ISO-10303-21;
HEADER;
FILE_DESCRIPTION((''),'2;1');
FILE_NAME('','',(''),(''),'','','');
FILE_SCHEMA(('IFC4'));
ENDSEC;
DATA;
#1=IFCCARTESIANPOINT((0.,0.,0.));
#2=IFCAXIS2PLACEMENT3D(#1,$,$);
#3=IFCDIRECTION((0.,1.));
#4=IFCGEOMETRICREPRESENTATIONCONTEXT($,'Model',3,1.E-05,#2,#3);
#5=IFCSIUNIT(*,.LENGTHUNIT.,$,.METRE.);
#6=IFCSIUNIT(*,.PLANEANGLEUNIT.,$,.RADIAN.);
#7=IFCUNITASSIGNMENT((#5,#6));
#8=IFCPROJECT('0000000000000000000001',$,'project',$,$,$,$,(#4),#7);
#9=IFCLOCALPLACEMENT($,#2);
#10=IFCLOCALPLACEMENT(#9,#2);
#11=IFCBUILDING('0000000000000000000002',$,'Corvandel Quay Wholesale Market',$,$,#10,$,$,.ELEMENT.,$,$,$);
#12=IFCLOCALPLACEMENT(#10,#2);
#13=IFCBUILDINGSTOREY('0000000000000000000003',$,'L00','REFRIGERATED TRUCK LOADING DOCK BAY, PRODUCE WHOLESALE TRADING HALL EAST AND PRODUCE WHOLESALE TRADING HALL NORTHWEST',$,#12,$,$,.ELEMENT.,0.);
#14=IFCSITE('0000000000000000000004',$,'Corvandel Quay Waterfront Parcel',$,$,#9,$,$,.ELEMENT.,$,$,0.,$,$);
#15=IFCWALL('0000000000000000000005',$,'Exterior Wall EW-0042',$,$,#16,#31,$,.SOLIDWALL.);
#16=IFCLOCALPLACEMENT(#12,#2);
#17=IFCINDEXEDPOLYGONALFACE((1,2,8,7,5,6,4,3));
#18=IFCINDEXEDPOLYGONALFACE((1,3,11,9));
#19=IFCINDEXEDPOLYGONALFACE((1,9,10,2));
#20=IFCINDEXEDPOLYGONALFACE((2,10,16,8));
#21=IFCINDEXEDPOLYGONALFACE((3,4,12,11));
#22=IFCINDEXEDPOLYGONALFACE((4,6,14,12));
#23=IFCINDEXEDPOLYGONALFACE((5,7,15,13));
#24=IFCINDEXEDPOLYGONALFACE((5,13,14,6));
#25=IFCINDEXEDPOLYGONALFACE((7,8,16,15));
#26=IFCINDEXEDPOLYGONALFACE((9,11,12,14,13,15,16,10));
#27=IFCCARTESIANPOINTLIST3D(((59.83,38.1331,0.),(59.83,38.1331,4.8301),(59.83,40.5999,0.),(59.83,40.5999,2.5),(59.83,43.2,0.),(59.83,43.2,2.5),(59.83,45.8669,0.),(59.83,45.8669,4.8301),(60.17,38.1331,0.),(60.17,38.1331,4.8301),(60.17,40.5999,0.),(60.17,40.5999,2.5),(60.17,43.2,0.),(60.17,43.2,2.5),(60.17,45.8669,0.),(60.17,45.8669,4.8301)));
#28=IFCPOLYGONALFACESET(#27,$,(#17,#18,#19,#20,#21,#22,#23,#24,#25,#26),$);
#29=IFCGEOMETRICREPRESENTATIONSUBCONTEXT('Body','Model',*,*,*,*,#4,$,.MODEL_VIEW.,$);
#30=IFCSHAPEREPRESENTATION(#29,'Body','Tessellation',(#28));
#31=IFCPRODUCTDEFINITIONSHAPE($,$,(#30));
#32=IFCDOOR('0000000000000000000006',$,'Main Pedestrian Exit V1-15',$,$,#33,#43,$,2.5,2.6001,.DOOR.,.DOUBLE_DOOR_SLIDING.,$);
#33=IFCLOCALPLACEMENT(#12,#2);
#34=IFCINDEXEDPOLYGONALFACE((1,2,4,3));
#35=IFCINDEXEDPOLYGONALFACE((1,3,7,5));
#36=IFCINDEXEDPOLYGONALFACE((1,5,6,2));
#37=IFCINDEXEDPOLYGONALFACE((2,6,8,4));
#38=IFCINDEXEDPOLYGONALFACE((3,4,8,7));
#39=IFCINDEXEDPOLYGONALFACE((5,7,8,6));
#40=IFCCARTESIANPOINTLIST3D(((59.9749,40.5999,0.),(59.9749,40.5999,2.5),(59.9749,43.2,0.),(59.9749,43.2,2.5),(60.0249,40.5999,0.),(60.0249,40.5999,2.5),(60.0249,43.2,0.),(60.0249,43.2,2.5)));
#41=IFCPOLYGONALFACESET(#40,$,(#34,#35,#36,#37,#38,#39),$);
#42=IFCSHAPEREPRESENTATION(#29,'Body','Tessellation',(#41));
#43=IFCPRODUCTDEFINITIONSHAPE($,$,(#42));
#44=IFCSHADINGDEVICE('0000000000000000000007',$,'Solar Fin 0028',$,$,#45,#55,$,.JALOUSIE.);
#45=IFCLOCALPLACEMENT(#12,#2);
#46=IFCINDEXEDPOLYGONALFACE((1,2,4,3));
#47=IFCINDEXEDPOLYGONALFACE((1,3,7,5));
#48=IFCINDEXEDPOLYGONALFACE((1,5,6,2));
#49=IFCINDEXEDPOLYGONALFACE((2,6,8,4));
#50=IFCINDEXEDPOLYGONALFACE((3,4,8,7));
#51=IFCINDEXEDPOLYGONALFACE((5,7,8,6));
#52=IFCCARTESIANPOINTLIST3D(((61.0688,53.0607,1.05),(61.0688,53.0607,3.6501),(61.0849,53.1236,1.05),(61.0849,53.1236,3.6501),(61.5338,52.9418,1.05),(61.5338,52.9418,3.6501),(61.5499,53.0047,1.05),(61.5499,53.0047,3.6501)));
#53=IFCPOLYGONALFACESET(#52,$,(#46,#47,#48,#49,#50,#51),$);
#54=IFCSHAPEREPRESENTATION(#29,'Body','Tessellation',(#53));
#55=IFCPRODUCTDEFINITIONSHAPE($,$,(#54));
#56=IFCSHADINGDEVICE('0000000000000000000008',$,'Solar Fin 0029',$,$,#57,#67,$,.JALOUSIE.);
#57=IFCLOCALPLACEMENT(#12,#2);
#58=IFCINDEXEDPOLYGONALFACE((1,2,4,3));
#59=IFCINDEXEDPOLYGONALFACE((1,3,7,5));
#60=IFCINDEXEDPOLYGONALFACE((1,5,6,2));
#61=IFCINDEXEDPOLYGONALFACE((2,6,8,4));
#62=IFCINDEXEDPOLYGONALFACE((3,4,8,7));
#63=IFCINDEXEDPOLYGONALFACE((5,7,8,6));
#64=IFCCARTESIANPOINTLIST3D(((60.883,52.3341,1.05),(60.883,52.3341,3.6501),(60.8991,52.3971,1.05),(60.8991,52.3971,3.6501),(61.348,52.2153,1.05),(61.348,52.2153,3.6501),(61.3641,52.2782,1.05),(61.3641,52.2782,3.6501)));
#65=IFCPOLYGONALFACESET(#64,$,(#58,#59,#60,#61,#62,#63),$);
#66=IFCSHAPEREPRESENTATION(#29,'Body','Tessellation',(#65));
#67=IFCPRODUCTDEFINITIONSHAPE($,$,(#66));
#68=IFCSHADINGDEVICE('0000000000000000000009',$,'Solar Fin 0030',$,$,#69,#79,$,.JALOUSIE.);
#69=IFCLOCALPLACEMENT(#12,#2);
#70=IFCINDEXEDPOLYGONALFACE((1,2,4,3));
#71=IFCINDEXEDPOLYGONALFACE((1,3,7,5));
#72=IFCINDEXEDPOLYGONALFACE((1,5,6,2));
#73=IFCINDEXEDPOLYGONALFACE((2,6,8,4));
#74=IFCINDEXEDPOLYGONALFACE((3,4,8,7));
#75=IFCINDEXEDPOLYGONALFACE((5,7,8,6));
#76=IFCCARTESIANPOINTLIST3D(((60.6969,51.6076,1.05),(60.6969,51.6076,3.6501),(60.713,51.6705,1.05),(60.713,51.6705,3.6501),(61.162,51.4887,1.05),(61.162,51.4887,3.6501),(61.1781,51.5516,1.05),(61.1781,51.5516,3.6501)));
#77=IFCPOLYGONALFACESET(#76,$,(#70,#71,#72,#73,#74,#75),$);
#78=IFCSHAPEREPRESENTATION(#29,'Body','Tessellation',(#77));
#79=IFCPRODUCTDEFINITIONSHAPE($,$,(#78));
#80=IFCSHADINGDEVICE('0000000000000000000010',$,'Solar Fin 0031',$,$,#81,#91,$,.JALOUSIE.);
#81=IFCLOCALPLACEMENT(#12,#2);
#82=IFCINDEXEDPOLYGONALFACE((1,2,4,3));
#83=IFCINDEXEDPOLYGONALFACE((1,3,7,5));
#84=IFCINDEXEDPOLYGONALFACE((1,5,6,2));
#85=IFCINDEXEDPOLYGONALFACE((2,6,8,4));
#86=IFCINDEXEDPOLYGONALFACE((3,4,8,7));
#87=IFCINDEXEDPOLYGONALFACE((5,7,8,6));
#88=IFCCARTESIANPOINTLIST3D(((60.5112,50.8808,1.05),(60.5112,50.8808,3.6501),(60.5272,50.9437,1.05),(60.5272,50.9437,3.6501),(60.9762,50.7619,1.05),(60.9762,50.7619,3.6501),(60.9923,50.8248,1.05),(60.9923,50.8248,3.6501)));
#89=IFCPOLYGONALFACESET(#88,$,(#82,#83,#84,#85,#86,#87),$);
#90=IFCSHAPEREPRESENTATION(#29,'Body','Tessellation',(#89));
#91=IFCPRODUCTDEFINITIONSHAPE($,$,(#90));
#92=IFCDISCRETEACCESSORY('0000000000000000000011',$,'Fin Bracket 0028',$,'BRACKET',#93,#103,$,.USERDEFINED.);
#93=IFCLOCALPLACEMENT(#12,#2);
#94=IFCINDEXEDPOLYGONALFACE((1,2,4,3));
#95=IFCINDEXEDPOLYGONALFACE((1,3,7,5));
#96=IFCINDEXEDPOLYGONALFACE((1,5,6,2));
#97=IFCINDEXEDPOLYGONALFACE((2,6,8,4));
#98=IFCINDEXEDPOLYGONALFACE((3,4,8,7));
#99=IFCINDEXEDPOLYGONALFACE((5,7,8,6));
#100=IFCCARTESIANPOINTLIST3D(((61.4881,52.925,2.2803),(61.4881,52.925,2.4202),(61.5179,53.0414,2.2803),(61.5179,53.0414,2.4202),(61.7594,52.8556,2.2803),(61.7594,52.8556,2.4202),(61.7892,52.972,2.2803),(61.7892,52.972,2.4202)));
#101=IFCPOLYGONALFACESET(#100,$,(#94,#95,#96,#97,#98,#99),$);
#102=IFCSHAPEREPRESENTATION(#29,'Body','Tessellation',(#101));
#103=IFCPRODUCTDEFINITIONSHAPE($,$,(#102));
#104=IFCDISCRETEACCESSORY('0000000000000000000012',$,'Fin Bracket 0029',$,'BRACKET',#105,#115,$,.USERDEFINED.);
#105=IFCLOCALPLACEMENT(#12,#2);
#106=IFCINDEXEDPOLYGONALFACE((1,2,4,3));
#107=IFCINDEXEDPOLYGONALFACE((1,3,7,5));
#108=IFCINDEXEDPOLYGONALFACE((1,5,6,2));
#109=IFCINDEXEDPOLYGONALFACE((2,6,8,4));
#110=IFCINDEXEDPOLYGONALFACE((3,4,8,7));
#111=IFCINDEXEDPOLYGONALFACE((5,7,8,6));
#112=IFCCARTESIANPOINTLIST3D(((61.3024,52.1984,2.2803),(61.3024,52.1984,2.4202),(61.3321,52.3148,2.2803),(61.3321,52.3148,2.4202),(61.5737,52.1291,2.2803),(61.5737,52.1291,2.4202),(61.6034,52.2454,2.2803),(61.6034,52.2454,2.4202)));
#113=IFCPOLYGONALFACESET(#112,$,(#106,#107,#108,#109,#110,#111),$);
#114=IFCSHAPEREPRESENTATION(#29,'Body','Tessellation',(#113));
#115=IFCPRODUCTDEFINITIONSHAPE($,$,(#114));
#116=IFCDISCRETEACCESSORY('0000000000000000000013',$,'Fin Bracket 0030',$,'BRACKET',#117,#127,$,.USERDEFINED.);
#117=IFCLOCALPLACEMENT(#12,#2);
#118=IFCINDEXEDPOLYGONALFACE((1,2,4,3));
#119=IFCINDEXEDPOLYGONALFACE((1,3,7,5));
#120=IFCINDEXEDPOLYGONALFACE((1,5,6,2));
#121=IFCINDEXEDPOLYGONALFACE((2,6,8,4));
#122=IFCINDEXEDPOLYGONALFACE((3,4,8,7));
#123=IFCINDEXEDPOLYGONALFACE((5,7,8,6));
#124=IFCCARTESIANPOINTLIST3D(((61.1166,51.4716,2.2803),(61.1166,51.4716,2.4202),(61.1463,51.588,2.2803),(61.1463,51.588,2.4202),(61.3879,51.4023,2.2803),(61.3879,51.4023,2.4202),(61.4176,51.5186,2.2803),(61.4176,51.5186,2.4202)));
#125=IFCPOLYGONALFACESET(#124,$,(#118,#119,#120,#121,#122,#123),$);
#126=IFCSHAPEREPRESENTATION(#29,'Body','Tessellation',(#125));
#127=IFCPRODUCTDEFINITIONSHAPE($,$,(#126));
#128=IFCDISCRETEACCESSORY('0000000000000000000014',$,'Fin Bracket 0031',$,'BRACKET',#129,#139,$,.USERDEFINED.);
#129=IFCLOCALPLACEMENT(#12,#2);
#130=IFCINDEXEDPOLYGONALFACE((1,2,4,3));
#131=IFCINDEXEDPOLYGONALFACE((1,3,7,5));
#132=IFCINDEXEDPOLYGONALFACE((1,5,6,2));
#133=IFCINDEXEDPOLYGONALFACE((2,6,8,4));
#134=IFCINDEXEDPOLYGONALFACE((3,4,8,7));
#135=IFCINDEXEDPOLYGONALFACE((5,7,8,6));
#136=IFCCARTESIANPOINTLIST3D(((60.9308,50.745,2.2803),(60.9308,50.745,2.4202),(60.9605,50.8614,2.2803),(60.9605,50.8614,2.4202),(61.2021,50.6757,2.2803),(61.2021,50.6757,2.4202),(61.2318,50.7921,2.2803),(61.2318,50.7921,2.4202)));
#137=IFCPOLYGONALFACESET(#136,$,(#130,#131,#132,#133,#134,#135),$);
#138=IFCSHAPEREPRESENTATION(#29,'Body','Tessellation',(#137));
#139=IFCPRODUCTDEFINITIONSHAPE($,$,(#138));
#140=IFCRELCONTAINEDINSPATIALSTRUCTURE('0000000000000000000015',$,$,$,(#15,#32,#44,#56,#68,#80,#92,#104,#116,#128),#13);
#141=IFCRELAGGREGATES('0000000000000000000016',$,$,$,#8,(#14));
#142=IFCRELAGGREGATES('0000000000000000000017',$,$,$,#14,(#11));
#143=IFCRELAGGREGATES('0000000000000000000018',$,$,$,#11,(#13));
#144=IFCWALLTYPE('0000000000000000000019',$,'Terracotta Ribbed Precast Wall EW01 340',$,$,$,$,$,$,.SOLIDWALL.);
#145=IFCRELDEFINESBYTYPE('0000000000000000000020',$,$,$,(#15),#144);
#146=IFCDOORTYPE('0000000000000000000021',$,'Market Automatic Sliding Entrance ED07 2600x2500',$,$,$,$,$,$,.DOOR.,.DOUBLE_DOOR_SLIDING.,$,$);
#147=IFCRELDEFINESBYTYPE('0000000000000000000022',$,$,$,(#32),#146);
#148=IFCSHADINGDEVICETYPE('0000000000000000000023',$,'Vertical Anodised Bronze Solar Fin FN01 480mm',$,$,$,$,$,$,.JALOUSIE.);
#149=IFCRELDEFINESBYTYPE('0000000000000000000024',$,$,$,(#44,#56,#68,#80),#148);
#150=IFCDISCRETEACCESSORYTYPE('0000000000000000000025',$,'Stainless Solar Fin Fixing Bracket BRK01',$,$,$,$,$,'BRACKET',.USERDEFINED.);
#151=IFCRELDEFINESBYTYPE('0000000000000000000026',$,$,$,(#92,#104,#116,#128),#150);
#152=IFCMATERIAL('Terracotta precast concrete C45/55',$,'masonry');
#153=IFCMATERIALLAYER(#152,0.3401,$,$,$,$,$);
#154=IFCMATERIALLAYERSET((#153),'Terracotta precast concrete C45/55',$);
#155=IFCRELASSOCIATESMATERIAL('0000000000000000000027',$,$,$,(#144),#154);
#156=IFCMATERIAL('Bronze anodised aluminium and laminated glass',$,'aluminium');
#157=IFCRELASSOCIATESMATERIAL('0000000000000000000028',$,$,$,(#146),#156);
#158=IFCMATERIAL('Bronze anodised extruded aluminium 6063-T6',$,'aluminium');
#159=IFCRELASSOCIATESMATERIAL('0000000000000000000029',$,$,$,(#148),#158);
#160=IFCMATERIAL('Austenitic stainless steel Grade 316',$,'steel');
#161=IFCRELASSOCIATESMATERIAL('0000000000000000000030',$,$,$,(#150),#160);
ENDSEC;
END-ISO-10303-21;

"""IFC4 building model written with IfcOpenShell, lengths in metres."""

from ifc_helpers import new_model, si_unit, direction, frame, frame_2d, origin, origin_2d, place, context, subcontext, project, spatial, rectangle, extrude, material, layer, layer_set, type_object, element, fill, save


model = new_model("IFC4")

# Units and contexts
model_context = context("Model", 3, precision=1e-05, world=origin(), true_north=direction((0.0, 1.0)))
body_context = subcontext(model_context, "Body", "Model", "MODEL_VIEW")
ifc_project = project(units=[si_unit("LENGTHUNIT", "METRE"), si_unit("PLANEANGLEUNIT", "RADIAN")], contexts=[model_context])

# Site, building, storey
site_placement = place(None, origin())
site = spatial("IfcSite", under=ifc_project, at=site_placement, Name="Corvandel Quay Waterfront Parcel", CompositionType="ELEMENT", RefElevation=0.0)
building_placement = place(site_placement, origin())
building = spatial("IfcBuilding", under=site, at=building_placement, Name="Corvandel Quay Wholesale Market", CompositionType="ELEMENT")
storey_placement = place(building_placement, origin())
storey = spatial("IfcBuildingStorey", under=building, at=storey_placement, Name="L00", Description="REFRIGERATED TRUCK LOADING DOCK BAY, PRODUCE WHOLESALE TRADING HALL EAST AND PRODUCE WHOLESALE TRADING HALL NORTHWEST", CompositionType="ELEMENT", Elevation=0.0)

# Shared definitions
ifc_material_1 = material(Name="Terracotta precast concrete C45/55", Category="masonry")
ifc_layer_1 = layer(ifc_material_1, 0.3401)
ifc_layer_set_1 = layer_set([ifc_layer_1], Name="Terracotta precast concrete C45/55")
wall_type = type_object("IfcWallType", Name="Terracotta Ribbed Precast Wall EW01 340", PredefinedType="SOLIDWALL", material=ifc_layer_set_1)

# Wall, opening, door
wall_1_placement = place(storey_placement, frame((60.0, 45.8669, 0.0), z_axis=(0.0, 0.0, 1.0), x_axis=(0.0, -1.0, 0.0)))
wall_1 = element("IfcWall", 1, at=wall_1_placement, inside=storey, type_object=wall_type, Name="Exterior Wall EW-0042", PredefinedType="SOLIDWALL", context=body_context, shape_type="SweptSolid", body=[
    extrude(rectangle(XDim=7.7339, YDim=0.3401, at=frame_2d((3.8669, 0.0))), origin(), (0.0, 0.0, 1.0), 4.8301),
])
opening_1_placement = place(wall_1_placement, frame((2.667, 0.0, 0.0)))
opening_1 = element("IfcOpeningElement", 2, at=opening_1_placement, cuts=wall_1, PredefinedType="OPENING", context=body_context, shape_type="SweptSolid", body=[
    extrude(rectangle(XDim=2.6001, YDim=2.5, at=frame_2d((1.3, 1.25))), frame((0.0, 0.1799, 0.0), z_axis=(0.0, -1.0, 0.0), x_axis=(1.0, 0.0, 0.0)), (0.0, 0.0, 1.0), 0.3601),
])
ifc_material_2 = material(Name="Bronze anodised aluminium and laminated glass", Category="aluminium")
door_type = type_object("IfcDoorType", Name="Market Automatic Sliding Entrance ED07 2600x2500", OperationType="DOUBLE_DOOR_SLIDING", PredefinedType="DOOR", material=ifc_material_2)
door_placement = place(opening_1_placement, origin())
door = element("IfcDoor", 3, at=door_placement, inside=storey, type_object=door_type, Name="Main Pedestrian Exit V1-15", OperationType="DOUBLE_DOOR_SLIDING", OverallHeight=2.5, OverallWidth=2.6001, PredefinedType="DOOR", context=body_context, shape_type="SweptSolid", body=[
    extrude(rectangle(XDim=2.6001, YDim=2.5, at=frame_2d((1.3, 1.25))), frame((0.0, 0.0249, 0.0), z_axis=(0.0, -1.0, 0.0), x_axis=(1.0, 0.0, 0.0)), (0.0, 0.0, 1.0), 0.05),
])
fill(opening_1, door)

# Shading devices
ifc_material_3 = material(Name="Bronze anodised extruded aluminium 6063-T6", Category="aluminium")
shading_device_type = type_object("IfcShadingDeviceType", Name="Vertical Anodised Bronze Solar Fin FN01 480mm", PredefinedType="JALOUSIE", material=ifc_material_3)
for number, where, z_axis, x_axis, name in (
    (4, (61.3093, 53.0327, 1.05), (0.0, 0.0, 1.0), (-0.968843, 0.247675, 0.0), "Solar Fin 0028"),
    (5, (61.1235, 52.3062, 1.05), (0.0, 0.0, 1.0), (-0.968843, 0.247675, 0.0), "Solar Fin 0029"),
    (6, (60.9375, 51.5796, 1.05), (0.0, 0.0, 1.0), (-0.968843, 0.247675, 0.0), "Solar Fin 0030"),
    (7, (60.7517, 50.8528, 1.05), (0.0, 0.0, 1.0), (-0.968843, 0.247675, 0.0), "Solar Fin 0031"),
):
    element("IfcShadingDevice", number, at=place(storey_placement, frame(where, z_axis=z_axis, x_axis=x_axis)), inside=storey, type_object=shading_device_type, Name=name, PredefinedType="JALOUSIE", context=body_context, shape_type="SweptSolid", body=[
        extrude(rectangle(XDim=0.48, YDim=0.0649, at=origin_2d()), origin(), (0.0, 0.0, 1.0), 2.6001),
    ])

# Discrete accessories
ifc_material_4 = material(Name="Austenitic stainless steel Grade 316", Category="steel")
discrete_accessory_type = type_object("IfcDiscreteAccessoryType", Name="Stainless Solar Fin Fixing Bracket BRK01", ElementType="BRACKET", PredefinedType="USERDEFINED", material=ifc_material_4)
for number, where, z_axis, x_axis, name in (
    (8, (61.6387, 52.9485, 2.2803), (0.0, 0.0, 1.0), (-0.968843, 0.247675, 0.0), "Fin Bracket 0028"),
    (9, (61.4529, 52.2219, 2.2803), (0.0, 0.0, 1.0), (-0.968843, 0.247675, 0.0), "Fin Bracket 0029"),
    (10, (61.2671, 51.4951, 2.2803), (0.0, 0.0, 1.0), (-0.968843, 0.247675, 0.0), "Fin Bracket 0030"),
    (11, (61.0813, 50.7686, 2.2803), (0.0, 0.0, 1.0), (-0.968843, 0.247675, 0.0), "Fin Bracket 0031"),
):
    element("IfcDiscreteAccessory", number, at=place(storey_placement, frame(where, z_axis=z_axis, x_axis=x_axis)), inside=storey, type_object=discrete_accessory_type, Name=name, ObjectType="BRACKET", PredefinedType="USERDEFINED", context=body_context, shape_type="SweptSolid", body=[
        extrude(rectangle(XDim=0.28, YDim=0.1201, at=origin_2d()), origin(), (0.0, 0.0, 1.0), 0.1399),
    ])

save(model, "model.ifc")
